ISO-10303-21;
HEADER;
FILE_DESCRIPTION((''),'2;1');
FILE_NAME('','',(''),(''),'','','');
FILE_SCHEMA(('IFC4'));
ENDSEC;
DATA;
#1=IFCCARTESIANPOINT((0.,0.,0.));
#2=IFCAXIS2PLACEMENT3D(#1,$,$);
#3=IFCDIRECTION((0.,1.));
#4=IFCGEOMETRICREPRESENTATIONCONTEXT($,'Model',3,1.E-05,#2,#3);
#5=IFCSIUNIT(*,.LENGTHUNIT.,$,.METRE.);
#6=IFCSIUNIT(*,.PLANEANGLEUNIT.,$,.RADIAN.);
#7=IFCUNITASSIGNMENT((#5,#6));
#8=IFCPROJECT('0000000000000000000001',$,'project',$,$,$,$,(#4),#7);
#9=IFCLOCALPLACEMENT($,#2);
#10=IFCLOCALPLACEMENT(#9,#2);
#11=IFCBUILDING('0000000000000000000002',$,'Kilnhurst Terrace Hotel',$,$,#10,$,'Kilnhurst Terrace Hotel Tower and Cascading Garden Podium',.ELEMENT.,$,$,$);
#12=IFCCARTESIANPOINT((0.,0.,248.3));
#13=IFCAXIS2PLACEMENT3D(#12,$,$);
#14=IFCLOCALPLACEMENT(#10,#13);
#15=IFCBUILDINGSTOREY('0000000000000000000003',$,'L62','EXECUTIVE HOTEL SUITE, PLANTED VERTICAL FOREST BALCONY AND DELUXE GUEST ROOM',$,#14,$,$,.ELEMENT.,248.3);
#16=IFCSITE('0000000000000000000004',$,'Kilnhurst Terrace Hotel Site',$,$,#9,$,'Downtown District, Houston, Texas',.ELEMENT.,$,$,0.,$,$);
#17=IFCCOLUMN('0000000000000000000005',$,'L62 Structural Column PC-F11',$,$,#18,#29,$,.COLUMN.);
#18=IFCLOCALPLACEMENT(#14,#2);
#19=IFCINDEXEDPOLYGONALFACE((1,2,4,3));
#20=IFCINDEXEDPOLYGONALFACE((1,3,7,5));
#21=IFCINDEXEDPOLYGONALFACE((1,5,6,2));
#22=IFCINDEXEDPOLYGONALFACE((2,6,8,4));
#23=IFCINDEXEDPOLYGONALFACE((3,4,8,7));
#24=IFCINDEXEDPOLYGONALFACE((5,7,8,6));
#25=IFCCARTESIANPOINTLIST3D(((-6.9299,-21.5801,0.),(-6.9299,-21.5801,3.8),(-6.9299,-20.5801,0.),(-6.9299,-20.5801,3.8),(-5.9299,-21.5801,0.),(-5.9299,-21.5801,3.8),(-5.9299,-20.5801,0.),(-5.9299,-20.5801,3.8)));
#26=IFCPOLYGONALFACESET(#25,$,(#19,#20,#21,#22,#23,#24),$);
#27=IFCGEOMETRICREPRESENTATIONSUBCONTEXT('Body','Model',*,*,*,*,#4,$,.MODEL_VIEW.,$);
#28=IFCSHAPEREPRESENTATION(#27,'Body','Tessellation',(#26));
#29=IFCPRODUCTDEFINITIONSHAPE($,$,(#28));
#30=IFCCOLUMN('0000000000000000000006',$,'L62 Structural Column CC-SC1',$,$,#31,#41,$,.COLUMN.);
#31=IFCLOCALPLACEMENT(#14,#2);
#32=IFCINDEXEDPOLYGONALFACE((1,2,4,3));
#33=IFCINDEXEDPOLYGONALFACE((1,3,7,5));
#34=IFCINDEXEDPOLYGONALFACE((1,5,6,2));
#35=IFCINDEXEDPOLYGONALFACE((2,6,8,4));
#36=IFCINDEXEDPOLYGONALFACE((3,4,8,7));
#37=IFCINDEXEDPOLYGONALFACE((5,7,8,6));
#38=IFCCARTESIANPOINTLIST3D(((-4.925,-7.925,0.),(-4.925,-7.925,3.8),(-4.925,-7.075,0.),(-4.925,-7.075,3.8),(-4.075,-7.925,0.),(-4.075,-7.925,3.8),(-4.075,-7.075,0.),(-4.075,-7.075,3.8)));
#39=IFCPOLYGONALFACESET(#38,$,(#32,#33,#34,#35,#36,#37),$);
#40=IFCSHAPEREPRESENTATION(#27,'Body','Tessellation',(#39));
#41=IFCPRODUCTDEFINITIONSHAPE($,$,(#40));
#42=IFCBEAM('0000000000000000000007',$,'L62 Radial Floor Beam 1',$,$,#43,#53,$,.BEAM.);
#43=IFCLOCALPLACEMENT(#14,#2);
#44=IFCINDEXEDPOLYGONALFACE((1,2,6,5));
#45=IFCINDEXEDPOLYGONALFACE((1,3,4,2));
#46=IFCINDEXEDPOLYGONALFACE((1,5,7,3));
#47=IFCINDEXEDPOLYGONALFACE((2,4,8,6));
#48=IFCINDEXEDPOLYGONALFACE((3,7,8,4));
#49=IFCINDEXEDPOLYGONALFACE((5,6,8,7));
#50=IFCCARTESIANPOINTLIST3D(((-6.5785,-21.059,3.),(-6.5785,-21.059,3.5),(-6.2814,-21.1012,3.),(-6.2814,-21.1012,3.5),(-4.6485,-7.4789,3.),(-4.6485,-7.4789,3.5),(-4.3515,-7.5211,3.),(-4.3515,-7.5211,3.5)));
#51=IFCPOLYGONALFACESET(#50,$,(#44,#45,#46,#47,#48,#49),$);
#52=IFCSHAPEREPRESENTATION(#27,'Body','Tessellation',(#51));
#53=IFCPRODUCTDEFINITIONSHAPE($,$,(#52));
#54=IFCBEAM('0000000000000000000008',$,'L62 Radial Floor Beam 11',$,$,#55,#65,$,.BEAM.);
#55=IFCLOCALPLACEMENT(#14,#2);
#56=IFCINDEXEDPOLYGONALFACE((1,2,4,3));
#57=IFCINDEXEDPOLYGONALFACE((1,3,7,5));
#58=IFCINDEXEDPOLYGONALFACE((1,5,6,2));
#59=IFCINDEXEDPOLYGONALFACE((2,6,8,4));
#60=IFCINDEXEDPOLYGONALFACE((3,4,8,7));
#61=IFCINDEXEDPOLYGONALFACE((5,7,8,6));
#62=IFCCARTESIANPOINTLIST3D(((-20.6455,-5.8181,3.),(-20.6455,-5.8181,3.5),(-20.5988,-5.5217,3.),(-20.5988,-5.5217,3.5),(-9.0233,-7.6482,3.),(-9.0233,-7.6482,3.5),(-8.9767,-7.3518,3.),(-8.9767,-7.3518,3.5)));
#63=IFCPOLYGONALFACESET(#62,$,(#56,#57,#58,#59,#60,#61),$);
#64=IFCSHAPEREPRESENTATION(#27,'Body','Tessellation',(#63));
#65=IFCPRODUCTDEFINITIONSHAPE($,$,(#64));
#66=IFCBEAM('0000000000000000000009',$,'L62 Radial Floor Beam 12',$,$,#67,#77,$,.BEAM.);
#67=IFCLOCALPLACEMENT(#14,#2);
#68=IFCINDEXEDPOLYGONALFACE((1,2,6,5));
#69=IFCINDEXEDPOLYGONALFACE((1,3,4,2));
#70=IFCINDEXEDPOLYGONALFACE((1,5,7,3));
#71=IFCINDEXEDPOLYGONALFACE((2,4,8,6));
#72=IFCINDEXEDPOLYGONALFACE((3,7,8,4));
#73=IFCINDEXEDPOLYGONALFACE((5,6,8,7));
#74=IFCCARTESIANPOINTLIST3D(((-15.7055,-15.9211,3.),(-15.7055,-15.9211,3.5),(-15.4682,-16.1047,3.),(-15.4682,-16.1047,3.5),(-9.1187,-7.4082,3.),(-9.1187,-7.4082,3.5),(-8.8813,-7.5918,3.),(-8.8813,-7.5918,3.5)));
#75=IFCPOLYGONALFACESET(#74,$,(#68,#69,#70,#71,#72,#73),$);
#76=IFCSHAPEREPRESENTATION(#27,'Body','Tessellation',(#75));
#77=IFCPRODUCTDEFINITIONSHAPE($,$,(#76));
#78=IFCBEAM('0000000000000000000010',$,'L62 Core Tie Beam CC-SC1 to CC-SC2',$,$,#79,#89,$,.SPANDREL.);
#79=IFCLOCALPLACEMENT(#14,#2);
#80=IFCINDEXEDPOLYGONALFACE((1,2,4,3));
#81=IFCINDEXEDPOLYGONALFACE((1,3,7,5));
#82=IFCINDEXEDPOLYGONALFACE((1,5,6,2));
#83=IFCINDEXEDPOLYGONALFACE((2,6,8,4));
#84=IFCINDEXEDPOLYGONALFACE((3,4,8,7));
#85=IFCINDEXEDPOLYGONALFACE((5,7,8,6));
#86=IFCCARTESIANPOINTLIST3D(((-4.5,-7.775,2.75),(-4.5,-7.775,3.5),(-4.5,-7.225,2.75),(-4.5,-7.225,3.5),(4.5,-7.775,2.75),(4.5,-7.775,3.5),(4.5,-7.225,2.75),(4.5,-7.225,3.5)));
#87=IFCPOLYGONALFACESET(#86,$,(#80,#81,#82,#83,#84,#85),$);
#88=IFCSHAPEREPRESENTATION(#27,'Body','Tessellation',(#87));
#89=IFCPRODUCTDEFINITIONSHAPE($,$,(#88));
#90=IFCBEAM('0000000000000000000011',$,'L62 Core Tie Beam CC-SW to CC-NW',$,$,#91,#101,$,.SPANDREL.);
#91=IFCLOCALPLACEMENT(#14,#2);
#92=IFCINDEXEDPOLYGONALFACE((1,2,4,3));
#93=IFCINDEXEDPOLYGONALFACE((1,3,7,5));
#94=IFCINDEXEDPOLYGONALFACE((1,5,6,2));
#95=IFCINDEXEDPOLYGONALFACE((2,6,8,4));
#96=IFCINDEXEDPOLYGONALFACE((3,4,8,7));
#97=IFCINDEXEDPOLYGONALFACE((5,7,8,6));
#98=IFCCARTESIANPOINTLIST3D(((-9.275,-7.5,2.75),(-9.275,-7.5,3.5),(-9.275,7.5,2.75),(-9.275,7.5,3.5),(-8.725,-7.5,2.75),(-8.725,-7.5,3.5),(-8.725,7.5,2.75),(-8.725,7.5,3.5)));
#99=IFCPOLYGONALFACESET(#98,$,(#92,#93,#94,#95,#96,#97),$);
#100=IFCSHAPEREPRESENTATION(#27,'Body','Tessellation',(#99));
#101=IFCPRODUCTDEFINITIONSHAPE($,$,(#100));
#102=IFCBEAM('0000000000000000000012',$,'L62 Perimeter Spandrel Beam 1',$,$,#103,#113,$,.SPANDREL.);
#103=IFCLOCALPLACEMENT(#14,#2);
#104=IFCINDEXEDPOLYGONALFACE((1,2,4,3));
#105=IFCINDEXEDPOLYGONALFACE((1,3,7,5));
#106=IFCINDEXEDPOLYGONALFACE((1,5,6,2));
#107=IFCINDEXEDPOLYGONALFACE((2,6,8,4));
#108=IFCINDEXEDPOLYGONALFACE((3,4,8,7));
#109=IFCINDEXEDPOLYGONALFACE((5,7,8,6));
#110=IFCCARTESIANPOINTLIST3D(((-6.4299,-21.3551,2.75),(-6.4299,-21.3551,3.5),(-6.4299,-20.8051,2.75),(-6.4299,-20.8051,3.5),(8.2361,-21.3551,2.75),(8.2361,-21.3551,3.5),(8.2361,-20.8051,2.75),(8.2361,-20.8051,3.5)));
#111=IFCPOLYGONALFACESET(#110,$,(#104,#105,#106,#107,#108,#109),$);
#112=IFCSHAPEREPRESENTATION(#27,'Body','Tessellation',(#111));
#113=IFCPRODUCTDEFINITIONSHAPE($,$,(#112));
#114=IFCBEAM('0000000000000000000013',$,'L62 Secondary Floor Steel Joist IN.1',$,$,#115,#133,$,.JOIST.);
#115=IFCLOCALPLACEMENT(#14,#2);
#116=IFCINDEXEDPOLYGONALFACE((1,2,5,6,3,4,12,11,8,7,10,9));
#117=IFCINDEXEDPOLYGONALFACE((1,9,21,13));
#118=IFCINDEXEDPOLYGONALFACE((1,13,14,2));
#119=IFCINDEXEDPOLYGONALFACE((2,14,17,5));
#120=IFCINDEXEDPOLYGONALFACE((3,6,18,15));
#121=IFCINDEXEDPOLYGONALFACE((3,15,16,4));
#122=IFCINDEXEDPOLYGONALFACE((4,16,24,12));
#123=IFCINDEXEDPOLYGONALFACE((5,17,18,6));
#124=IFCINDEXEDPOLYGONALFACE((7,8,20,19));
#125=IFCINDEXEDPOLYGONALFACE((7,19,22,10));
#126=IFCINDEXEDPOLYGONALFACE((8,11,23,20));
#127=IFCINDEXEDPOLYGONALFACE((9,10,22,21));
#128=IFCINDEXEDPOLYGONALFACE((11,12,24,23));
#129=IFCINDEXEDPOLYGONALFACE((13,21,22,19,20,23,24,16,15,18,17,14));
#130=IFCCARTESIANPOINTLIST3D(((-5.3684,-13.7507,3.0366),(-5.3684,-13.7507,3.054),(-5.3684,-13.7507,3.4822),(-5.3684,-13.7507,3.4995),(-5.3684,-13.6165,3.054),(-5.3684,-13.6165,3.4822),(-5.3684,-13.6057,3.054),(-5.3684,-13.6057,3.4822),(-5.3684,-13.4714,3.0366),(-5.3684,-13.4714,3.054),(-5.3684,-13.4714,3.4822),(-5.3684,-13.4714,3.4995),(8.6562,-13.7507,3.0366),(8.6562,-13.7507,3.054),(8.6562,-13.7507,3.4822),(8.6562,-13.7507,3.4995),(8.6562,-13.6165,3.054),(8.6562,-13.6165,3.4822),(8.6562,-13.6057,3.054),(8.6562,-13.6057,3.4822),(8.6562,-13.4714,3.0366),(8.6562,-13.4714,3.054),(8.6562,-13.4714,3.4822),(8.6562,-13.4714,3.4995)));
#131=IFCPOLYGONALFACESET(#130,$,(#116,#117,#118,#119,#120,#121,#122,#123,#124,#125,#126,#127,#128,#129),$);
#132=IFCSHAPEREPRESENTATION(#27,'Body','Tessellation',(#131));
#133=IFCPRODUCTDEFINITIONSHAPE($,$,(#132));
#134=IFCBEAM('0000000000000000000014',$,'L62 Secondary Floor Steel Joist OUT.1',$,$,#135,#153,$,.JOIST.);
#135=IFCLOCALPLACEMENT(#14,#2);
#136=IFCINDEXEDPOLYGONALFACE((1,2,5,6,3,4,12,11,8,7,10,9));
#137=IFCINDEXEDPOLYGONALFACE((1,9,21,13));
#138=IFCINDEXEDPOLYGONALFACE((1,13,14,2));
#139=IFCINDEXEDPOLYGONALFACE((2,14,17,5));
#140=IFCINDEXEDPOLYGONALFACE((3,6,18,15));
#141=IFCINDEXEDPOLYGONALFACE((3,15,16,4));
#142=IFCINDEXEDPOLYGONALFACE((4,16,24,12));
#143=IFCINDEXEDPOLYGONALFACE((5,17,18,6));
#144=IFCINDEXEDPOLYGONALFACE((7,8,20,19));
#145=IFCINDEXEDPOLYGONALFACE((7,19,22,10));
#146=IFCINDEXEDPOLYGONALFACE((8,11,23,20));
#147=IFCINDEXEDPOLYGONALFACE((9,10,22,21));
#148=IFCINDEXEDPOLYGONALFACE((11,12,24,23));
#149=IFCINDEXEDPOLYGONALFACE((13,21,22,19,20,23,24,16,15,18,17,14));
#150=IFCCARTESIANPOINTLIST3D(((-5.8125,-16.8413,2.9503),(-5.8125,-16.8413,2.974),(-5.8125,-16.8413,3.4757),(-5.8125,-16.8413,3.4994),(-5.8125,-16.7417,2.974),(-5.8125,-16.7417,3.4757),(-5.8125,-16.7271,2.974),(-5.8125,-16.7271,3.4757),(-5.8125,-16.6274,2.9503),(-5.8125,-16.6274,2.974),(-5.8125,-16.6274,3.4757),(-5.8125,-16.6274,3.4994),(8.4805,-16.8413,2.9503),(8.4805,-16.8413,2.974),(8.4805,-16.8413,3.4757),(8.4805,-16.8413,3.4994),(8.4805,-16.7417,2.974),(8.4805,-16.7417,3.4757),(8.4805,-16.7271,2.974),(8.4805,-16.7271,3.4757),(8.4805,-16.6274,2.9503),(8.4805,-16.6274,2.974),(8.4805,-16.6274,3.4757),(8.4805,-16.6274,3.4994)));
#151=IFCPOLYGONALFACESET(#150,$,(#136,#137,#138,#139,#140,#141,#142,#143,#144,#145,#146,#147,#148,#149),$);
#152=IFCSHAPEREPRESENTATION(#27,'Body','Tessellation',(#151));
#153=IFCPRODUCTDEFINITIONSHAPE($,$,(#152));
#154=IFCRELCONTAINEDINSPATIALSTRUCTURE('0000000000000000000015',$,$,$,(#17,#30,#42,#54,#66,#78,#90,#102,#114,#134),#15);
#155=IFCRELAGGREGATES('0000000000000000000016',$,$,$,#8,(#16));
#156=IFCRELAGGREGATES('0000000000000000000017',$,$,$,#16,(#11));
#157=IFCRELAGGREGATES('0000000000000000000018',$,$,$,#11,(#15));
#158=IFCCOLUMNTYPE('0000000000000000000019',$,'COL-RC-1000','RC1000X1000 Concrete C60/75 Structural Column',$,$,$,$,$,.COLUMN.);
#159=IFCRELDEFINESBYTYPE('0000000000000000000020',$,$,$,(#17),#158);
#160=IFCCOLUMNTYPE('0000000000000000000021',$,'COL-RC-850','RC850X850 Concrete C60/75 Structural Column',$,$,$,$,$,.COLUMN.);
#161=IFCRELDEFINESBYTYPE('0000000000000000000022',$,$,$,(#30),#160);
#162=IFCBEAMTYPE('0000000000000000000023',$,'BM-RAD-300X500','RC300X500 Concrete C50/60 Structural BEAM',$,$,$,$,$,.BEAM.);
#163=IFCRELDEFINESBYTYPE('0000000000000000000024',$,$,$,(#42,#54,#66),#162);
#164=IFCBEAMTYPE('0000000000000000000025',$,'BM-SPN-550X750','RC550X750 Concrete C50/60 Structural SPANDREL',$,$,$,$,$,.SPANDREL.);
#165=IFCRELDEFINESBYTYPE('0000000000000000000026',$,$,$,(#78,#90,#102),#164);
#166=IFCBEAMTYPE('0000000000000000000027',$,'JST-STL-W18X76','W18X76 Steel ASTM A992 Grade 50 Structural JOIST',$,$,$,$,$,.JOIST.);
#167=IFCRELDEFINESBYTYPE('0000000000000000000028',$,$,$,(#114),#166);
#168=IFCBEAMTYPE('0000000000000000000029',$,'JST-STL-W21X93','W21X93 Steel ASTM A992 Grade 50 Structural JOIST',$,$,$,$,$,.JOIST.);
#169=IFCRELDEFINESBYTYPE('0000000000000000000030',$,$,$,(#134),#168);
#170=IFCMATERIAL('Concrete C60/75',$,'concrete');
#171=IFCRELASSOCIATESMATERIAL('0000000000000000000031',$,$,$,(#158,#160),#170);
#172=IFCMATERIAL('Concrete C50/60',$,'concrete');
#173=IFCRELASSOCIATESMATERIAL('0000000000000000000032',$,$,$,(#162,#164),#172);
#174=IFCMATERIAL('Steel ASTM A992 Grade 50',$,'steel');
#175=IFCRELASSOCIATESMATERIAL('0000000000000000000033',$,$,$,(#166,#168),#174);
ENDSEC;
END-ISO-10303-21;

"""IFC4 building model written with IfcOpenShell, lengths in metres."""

from ifc_helpers import new_model, si_unit, direction, frame, origin, origin_2d, place, context, subcontext, project, spatial, rectangle, i_section, extrude, material, material_profile, profile_set, type_object, element, save


model = new_model("IFC4")

# Units and contexts
model_context = context("Model", 3, precision=1e-05, world=origin(), true_north=direction((0.0, 1.0)))
body_context = subcontext(model_context, "Body", "Model", "MODEL_VIEW")
ifc_project = project(units=[si_unit("LENGTHUNIT", "METRE"), si_unit("PLANEANGLEUNIT", "RADIAN")], contexts=[model_context])

# Site, building, storey
site_placement = place(None, origin())
site = spatial("IfcSite", under=ifc_project, at=site_placement, Name="Kilnhurst Terrace Hotel Site", LongName="Downtown District, Houston, Texas", CompositionType="ELEMENT", RefElevation=0.0)
building_placement = place(site_placement, origin())
building = spatial("IfcBuilding", under=site, at=building_placement, Name="Kilnhurst Terrace Hotel", LongName="Kilnhurst Terrace Hotel Tower and Cascading Garden Podium", CompositionType="ELEMENT")
storey_placement = place(building_placement, frame((0.0, 0.0, 248.3)))
storey = spatial("IfcBuildingStorey", under=building, at=storey_placement, Name="L62", Description="EXECUTIVE HOTEL SUITE, PLANTED VERTICAL FOREST BALCONY AND DELUXE GUEST ROOM", CompositionType="ELEMENT", Elevation=248.3)

# Columns
ifc_material_1 = material(Name="Concrete C60/75", Category="concrete")
ifc_material_profile_1 = material_profile(ifc_material_1, rectangle(XDim=1.0, YDim=1.0, at=origin_2d()), Name="RC1000X1000")
ifc_profile_set_1 = profile_set([ifc_material_profile_1], Name="Concrete C60/75")
column_type_1 = type_object("IfcColumnType", Name="COL-RC-1000", Description="RC1000X1000 Concrete C60/75 Structural Column", PredefinedType="COLUMN", material=ifc_profile_set_1)
column_1_placement = place(storey_placement, frame((-6.4299, -21.0801, 0.0), z_axis=(0.0, 0.0, 1.0), x_axis=(1.0, 0.0, 0.0)))
element("IfcColumn", 1, at=column_1_placement, inside=storey, type_object=column_type_1, Name="L62 Structural Column PC-F11", PredefinedType="COLUMN", context=body_context, shape_type="SweptSolid", body=[
    extrude(rectangle(XDim=1.0, YDim=1.0, at=origin_2d()), origin(), (0.0, 0.0, 1.0), 3.8),
])
ifc_material_profile_2 = material_profile(ifc_material_1, rectangle(XDim=0.8501, YDim=0.8501, at=origin_2d()), Name="RC850X850")
ifc_profile_set_2 = profile_set([ifc_material_profile_2], Name="Concrete C60/75")
column_type_2 = type_object("IfcColumnType", Name="COL-RC-850", Description="RC850X850 Concrete C60/75 Structural Column", PredefinedType="COLUMN", material=ifc_profile_set_2)
column_2_placement = place(storey_placement, frame((-4.5, -7.5, 0.0), z_axis=(0.0, 0.0, 1.0), x_axis=(1.0, 0.0, 0.0)))
element("IfcColumn", 2, at=column_2_placement, inside=storey, type_object=column_type_2, Name="L62 Structural Column CC-SC1", PredefinedType="COLUMN", context=body_context, shape_type="SweptSolid", body=[
    extrude(rectangle(XDim=0.8501, YDim=0.8501, at=origin_2d()), origin(), (0.0, 0.0, 1.0), 3.8),
])

# Beams
ifc_material_2 = material(Name="Concrete C50/60", Category="concrete")
ifc_material_profile_3 = material_profile(ifc_material_2, rectangle(XDim=0.3, YDim=0.5, at=origin_2d()), Name="RC300X500")
ifc_profile_set_3 = profile_set([ifc_material_profile_3], Name="Concrete C50/60")
beam_type_1 = type_object("IfcBeamType", Name="BM-RAD-300X500", Description="RC300X500 Concrete C50/60 Structural BEAM", PredefinedType="BEAM", material=ifc_profile_set_3)
beam_1_placement = place(storey_placement, frame((-4.5, -7.5, 3.25), z_axis=(-0.140701, -0.990052, 0.0), x_axis=(0.990052, -0.140701, 0.0)))
element("IfcBeam", 3, at=beam_1_placement, inside=storey, type_object=beam_type_1, Name="L62 Radial Floor Beam 1", PredefinedType="BEAM", context=body_context, shape_type="SweptSolid", body=[
    extrude(rectangle(XDim=0.3, YDim=0.5, at=origin_2d()), origin(), (0.0, 0.0, 1.0), 13.7166),
])
beam_2_placement = place(storey_placement, frame((-9.0, -7.5, 3.25), z_axis=(-0.987828, 0.155549, 0.0), x_axis=(-0.155549, -0.987828, 0.0)))
element("IfcBeam", 4, at=beam_2_placement, inside=storey, type_object=beam_type_1, Name="L62 Radial Floor Beam 11", PredefinedType="BEAM", context=body_context, shape_type="SweptSolid", body=[
    extrude(rectangle(XDim=0.3, YDim=0.5, at=origin_2d()), origin(), (0.0, 0.0, 1.0), 11.7654),
])
beam_3_placement = place(storey_placement, frame((-9.0, -7.5, 3.25), z_axis=(-0.611955, -0.790892, 0.0), x_axis=(0.790892, -0.611955, 0.0)))
element("IfcBeam", 5, at=beam_3_placement, inside=storey, type_object=beam_type_1, Name="L62 Radial Floor Beam 12", PredefinedType="BEAM", context=body_context, shape_type="SweptSolid", body=[
    extrude(rectangle(XDim=0.3, YDim=0.5, at=origin_2d()), origin(), (0.0, 0.0, 1.0), 10.7637),
])
ifc_material_profile_4 = material_profile(ifc_material_2, rectangle(XDim=0.55, YDim=0.75, at=origin_2d()), Name="RC550X750")
ifc_profile_set_4 = profile_set([ifc_material_profile_4], Name="Concrete C50/60")
beam_type_2 = type_object("IfcBeamType", Name="BM-SPN-550X750", Description="RC550X750 Concrete C50/60 Structural SPANDREL", PredefinedType="SPANDREL", material=ifc_profile_set_4)
beam_4_placement = place(storey_placement, frame((-4.5, -7.5, 3.125), z_axis=(1.0, 0.0, 0.0), x_axis=(0.0, 1.0, 0.0)))
element("IfcBeam", 6, at=beam_4_placement, inside=storey, type_object=beam_type_2, Name="L62 Core Tie Beam CC-SC1 to CC-SC2", PredefinedType="SPANDREL", context=body_context, shape_type="SweptSolid", body=[
    extrude(rectangle(XDim=0.55, YDim=0.75, at=origin_2d()), origin(), (0.0, 0.0, 1.0), 9.0),
])
beam_5_placement = place(storey_placement, frame((-9.0, -7.5, 3.125), z_axis=(0.0, 1.0, 0.0), x_axis=(-1.0, 0.0, 0.0)))
element("IfcBeam", 7, at=beam_5_placement, inside=storey, type_object=beam_type_2, Name="L62 Core Tie Beam CC-SW to CC-NW", PredefinedType="SPANDREL", context=body_context, shape_type="SweptSolid", body=[
    extrude(rectangle(XDim=0.55, YDim=0.75, at=origin_2d()), origin(), (0.0, 0.0, 1.0), 15.0),
])
beam_6_placement = place(storey_placement, frame((-6.4299, -21.0801, 3.125), z_axis=(1.0, 0.0, 0.0), x_axis=(0.0, 1.0, 0.0)))
element("IfcBeam", 8, at=beam_6_placement, inside=storey, type_object=beam_type_2, Name="L62 Perimeter Spandrel Beam 1", PredefinedType="SPANDREL", context=body_context, shape_type="SweptSolid", body=[
    extrude(rectangle(XDim=0.55, YDim=0.75, at=origin_2d()), origin(), (0.0, 0.0, 1.0), 14.666),
])
ifc_material_3 = material(Name="Steel ASTM A992 Grade 50", Category="steel")
ifc_material_profile_5 = material_profile(ifc_material_3, i_section(OverallWidth=0.2793, OverallDepth=0.4629, WebThickness=0.0107, FlangeThickness=0.0173, at=origin_2d()), Name="W18X76")
ifc_profile_set_5 = profile_set([ifc_material_profile_5], Name="Steel ASTM A992 Grade 50")
beam_type_3 = type_object("IfcBeamType", Name="JST-STL-W18X76", Description="W18X76 Steel ASTM A992 Grade 50 Structural JOIST", PredefinedType="JOIST", material=ifc_profile_set_5)
beam_7_placement = place(storey_placement, frame((-5.3684, -13.6111, 3.2681), z_axis=(1.0, 0.0, 0.0), x_axis=(0.0, 1.0, 0.0)))
element("IfcBeam", 9, at=beam_7_placement, inside=storey, type_object=beam_type_3, Name="L62 Secondary Floor Steel Joist IN.1", PredefinedType="JOIST", context=body_context, shape_type="SweptSolid", body=[
    extrude(i_section(OverallWidth=0.2793, OverallDepth=0.4629, WebThickness=0.0107, FlangeThickness=0.0173, at=origin_2d()), origin(), (0.0, 0.0, 1.0), 14.0247),
])
ifc_material_profile_6 = material_profile(ifc_material_3, i_section(OverallWidth=0.2139, OverallDepth=0.5491, WebThickness=0.0146, FlangeThickness=0.0237, at=origin_2d()), Name="W21X93")
ifc_profile_set_6 = profile_set([ifc_material_profile_6], Name="Steel ASTM A992 Grade 50")
beam_type_4 = type_object("IfcBeamType", Name="JST-STL-W21X93", Description="W21X93 Steel ASTM A992 Grade 50 Structural JOIST", PredefinedType="JOIST", material=ifc_profile_set_6)
beam_8_placement = place(storey_placement, frame((-5.8125, -16.7344, 3.2249), z_axis=(1.0, 0.0, 0.0), x_axis=(0.0, 1.0, 0.0)))
element("IfcBeam", 10, at=beam_8_placement, inside=storey, type_object=beam_type_4, Name="L62 Secondary Floor Steel Joist OUT.1", PredefinedType="JOIST", context=body_context, shape_type="SweptSolid", body=[
    extrude(i_section(OverallWidth=0.2139, OverallDepth=0.5491, WebThickness=0.0146, FlangeThickness=0.0237, at=origin_2d()), origin(), (0.0, 0.0, 1.0), 14.293),
])

save(model, "model.ifc")
